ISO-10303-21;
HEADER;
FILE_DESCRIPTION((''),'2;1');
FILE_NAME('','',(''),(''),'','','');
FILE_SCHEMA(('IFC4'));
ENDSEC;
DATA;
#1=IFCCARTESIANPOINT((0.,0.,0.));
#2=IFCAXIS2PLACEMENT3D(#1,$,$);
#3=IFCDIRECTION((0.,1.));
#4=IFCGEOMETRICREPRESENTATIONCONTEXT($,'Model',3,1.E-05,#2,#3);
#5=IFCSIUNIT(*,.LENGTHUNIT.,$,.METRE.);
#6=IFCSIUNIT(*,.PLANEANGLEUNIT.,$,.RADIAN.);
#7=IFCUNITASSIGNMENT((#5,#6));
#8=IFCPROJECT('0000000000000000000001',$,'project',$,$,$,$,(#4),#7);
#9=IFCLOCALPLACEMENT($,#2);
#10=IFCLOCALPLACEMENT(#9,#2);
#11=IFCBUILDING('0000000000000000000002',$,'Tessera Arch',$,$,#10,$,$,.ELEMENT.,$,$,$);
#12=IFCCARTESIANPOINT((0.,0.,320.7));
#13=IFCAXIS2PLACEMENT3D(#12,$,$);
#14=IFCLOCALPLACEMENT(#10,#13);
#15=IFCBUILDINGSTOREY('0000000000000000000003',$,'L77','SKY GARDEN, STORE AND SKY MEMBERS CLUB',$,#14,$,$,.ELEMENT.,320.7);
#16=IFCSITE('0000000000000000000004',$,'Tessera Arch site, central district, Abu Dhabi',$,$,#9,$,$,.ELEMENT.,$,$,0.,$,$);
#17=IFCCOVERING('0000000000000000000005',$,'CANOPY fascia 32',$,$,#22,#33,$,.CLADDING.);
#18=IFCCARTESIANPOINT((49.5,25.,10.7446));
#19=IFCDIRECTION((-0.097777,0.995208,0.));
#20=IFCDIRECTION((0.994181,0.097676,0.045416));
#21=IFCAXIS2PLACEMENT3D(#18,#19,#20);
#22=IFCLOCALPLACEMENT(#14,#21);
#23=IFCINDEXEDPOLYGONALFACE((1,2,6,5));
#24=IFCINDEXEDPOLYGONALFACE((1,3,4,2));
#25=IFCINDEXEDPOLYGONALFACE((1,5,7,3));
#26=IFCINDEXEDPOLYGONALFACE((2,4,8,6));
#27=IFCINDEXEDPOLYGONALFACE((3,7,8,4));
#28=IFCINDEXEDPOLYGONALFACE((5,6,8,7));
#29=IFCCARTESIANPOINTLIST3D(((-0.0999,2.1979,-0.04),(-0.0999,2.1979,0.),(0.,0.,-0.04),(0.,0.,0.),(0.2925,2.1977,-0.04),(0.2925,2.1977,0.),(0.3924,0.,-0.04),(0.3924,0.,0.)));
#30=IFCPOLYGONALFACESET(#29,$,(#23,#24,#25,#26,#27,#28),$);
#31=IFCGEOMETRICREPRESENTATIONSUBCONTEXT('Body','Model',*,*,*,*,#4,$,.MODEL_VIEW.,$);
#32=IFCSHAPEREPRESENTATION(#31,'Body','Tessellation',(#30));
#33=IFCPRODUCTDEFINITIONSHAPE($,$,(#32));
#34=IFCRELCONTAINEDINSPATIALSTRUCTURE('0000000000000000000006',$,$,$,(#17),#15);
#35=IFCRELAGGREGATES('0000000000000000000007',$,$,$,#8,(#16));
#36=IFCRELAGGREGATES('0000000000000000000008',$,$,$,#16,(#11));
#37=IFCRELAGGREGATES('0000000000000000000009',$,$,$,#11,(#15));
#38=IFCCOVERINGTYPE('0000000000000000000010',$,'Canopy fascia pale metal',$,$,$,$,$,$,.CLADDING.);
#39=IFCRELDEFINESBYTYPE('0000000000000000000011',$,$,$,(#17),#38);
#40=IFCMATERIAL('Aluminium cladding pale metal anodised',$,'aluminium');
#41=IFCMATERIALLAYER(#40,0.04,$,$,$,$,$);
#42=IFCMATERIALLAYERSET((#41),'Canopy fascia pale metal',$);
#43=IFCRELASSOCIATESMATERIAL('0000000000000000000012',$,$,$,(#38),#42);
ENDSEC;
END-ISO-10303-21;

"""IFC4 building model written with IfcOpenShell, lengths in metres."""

from ifc_helpers import new_model, si_unit, direction, frame, origin, place, context, subcontext, project, spatial, polyline, outline, extrude, material, layer, layer_set, type_object, element, save


model = new_model("IFC4")

# Units and contexts
model_context = context("Model", 3, precision=1e-05, world=origin(), true_north=direction((0.0, 1.0)))
body_context = subcontext(model_context, "Body", "Model", "MODEL_VIEW")
ifc_project = project(units=[si_unit("LENGTHUNIT", "METRE"), si_unit("PLANEANGLEUNIT", "RADIAN")], contexts=[model_context])

# Site, building, storey
site_placement = place(None, origin())
site = spatial("IfcSite", under=ifc_project, at=site_placement, Name="Tessera Arch site, central district, Abu Dhabi", CompositionType="ELEMENT", RefElevation=0.0)
building_placement = place(site_placement, origin())
building = spatial("IfcBuilding", under=site, at=building_placement, Name="Tessera Arch", CompositionType="ELEMENT")
storey_placement = place(building_placement, frame((0.0, 0.0, 320.7)))
storey = spatial("IfcBuildingStorey", under=building, at=storey_placement, Name="L77", Description="SKY GARDEN, STORE AND SKY MEMBERS CLUB", CompositionType="ELEMENT", Elevation=320.7)

# Covering
ifc_material_1 = material(Name="Aluminium cladding pale metal anodised", Category="aluminium")
ifc_layer_1 = layer(ifc_material_1, 0.04)
ifc_layer_set_1 = layer_set([ifc_layer_1], Name="Canopy fascia pale metal")
covering_type_1 = type_object("IfcCoveringType", Name="Canopy fascia pale metal", PredefinedType="CLADDING", material=ifc_layer_set_1)
covering_1_placement = place(storey_placement, frame((49.5, 25.0, 10.7446), z_axis=(-0.097777, 0.995208, 0.0), x_axis=(0.994181, 0.097676, 0.045416)))
element("IfcCovering", 1, at=covering_1_placement, inside=storey, type_object=covering_type_1, Name="CANOPY fascia 32", PredefinedType="CLADDING", context=body_context, shape_type="SweptSolid", body=[
    extrude(outline(polyline([(0.0, 0.0), (0.3924, 0.0), (0.2925, 2.1977), (-0.0999, 2.1979), (0.0, 0.0)])), origin(), (0.0, 0.0, -1.0), 0.04),
])

save(model, "model.ifc")
